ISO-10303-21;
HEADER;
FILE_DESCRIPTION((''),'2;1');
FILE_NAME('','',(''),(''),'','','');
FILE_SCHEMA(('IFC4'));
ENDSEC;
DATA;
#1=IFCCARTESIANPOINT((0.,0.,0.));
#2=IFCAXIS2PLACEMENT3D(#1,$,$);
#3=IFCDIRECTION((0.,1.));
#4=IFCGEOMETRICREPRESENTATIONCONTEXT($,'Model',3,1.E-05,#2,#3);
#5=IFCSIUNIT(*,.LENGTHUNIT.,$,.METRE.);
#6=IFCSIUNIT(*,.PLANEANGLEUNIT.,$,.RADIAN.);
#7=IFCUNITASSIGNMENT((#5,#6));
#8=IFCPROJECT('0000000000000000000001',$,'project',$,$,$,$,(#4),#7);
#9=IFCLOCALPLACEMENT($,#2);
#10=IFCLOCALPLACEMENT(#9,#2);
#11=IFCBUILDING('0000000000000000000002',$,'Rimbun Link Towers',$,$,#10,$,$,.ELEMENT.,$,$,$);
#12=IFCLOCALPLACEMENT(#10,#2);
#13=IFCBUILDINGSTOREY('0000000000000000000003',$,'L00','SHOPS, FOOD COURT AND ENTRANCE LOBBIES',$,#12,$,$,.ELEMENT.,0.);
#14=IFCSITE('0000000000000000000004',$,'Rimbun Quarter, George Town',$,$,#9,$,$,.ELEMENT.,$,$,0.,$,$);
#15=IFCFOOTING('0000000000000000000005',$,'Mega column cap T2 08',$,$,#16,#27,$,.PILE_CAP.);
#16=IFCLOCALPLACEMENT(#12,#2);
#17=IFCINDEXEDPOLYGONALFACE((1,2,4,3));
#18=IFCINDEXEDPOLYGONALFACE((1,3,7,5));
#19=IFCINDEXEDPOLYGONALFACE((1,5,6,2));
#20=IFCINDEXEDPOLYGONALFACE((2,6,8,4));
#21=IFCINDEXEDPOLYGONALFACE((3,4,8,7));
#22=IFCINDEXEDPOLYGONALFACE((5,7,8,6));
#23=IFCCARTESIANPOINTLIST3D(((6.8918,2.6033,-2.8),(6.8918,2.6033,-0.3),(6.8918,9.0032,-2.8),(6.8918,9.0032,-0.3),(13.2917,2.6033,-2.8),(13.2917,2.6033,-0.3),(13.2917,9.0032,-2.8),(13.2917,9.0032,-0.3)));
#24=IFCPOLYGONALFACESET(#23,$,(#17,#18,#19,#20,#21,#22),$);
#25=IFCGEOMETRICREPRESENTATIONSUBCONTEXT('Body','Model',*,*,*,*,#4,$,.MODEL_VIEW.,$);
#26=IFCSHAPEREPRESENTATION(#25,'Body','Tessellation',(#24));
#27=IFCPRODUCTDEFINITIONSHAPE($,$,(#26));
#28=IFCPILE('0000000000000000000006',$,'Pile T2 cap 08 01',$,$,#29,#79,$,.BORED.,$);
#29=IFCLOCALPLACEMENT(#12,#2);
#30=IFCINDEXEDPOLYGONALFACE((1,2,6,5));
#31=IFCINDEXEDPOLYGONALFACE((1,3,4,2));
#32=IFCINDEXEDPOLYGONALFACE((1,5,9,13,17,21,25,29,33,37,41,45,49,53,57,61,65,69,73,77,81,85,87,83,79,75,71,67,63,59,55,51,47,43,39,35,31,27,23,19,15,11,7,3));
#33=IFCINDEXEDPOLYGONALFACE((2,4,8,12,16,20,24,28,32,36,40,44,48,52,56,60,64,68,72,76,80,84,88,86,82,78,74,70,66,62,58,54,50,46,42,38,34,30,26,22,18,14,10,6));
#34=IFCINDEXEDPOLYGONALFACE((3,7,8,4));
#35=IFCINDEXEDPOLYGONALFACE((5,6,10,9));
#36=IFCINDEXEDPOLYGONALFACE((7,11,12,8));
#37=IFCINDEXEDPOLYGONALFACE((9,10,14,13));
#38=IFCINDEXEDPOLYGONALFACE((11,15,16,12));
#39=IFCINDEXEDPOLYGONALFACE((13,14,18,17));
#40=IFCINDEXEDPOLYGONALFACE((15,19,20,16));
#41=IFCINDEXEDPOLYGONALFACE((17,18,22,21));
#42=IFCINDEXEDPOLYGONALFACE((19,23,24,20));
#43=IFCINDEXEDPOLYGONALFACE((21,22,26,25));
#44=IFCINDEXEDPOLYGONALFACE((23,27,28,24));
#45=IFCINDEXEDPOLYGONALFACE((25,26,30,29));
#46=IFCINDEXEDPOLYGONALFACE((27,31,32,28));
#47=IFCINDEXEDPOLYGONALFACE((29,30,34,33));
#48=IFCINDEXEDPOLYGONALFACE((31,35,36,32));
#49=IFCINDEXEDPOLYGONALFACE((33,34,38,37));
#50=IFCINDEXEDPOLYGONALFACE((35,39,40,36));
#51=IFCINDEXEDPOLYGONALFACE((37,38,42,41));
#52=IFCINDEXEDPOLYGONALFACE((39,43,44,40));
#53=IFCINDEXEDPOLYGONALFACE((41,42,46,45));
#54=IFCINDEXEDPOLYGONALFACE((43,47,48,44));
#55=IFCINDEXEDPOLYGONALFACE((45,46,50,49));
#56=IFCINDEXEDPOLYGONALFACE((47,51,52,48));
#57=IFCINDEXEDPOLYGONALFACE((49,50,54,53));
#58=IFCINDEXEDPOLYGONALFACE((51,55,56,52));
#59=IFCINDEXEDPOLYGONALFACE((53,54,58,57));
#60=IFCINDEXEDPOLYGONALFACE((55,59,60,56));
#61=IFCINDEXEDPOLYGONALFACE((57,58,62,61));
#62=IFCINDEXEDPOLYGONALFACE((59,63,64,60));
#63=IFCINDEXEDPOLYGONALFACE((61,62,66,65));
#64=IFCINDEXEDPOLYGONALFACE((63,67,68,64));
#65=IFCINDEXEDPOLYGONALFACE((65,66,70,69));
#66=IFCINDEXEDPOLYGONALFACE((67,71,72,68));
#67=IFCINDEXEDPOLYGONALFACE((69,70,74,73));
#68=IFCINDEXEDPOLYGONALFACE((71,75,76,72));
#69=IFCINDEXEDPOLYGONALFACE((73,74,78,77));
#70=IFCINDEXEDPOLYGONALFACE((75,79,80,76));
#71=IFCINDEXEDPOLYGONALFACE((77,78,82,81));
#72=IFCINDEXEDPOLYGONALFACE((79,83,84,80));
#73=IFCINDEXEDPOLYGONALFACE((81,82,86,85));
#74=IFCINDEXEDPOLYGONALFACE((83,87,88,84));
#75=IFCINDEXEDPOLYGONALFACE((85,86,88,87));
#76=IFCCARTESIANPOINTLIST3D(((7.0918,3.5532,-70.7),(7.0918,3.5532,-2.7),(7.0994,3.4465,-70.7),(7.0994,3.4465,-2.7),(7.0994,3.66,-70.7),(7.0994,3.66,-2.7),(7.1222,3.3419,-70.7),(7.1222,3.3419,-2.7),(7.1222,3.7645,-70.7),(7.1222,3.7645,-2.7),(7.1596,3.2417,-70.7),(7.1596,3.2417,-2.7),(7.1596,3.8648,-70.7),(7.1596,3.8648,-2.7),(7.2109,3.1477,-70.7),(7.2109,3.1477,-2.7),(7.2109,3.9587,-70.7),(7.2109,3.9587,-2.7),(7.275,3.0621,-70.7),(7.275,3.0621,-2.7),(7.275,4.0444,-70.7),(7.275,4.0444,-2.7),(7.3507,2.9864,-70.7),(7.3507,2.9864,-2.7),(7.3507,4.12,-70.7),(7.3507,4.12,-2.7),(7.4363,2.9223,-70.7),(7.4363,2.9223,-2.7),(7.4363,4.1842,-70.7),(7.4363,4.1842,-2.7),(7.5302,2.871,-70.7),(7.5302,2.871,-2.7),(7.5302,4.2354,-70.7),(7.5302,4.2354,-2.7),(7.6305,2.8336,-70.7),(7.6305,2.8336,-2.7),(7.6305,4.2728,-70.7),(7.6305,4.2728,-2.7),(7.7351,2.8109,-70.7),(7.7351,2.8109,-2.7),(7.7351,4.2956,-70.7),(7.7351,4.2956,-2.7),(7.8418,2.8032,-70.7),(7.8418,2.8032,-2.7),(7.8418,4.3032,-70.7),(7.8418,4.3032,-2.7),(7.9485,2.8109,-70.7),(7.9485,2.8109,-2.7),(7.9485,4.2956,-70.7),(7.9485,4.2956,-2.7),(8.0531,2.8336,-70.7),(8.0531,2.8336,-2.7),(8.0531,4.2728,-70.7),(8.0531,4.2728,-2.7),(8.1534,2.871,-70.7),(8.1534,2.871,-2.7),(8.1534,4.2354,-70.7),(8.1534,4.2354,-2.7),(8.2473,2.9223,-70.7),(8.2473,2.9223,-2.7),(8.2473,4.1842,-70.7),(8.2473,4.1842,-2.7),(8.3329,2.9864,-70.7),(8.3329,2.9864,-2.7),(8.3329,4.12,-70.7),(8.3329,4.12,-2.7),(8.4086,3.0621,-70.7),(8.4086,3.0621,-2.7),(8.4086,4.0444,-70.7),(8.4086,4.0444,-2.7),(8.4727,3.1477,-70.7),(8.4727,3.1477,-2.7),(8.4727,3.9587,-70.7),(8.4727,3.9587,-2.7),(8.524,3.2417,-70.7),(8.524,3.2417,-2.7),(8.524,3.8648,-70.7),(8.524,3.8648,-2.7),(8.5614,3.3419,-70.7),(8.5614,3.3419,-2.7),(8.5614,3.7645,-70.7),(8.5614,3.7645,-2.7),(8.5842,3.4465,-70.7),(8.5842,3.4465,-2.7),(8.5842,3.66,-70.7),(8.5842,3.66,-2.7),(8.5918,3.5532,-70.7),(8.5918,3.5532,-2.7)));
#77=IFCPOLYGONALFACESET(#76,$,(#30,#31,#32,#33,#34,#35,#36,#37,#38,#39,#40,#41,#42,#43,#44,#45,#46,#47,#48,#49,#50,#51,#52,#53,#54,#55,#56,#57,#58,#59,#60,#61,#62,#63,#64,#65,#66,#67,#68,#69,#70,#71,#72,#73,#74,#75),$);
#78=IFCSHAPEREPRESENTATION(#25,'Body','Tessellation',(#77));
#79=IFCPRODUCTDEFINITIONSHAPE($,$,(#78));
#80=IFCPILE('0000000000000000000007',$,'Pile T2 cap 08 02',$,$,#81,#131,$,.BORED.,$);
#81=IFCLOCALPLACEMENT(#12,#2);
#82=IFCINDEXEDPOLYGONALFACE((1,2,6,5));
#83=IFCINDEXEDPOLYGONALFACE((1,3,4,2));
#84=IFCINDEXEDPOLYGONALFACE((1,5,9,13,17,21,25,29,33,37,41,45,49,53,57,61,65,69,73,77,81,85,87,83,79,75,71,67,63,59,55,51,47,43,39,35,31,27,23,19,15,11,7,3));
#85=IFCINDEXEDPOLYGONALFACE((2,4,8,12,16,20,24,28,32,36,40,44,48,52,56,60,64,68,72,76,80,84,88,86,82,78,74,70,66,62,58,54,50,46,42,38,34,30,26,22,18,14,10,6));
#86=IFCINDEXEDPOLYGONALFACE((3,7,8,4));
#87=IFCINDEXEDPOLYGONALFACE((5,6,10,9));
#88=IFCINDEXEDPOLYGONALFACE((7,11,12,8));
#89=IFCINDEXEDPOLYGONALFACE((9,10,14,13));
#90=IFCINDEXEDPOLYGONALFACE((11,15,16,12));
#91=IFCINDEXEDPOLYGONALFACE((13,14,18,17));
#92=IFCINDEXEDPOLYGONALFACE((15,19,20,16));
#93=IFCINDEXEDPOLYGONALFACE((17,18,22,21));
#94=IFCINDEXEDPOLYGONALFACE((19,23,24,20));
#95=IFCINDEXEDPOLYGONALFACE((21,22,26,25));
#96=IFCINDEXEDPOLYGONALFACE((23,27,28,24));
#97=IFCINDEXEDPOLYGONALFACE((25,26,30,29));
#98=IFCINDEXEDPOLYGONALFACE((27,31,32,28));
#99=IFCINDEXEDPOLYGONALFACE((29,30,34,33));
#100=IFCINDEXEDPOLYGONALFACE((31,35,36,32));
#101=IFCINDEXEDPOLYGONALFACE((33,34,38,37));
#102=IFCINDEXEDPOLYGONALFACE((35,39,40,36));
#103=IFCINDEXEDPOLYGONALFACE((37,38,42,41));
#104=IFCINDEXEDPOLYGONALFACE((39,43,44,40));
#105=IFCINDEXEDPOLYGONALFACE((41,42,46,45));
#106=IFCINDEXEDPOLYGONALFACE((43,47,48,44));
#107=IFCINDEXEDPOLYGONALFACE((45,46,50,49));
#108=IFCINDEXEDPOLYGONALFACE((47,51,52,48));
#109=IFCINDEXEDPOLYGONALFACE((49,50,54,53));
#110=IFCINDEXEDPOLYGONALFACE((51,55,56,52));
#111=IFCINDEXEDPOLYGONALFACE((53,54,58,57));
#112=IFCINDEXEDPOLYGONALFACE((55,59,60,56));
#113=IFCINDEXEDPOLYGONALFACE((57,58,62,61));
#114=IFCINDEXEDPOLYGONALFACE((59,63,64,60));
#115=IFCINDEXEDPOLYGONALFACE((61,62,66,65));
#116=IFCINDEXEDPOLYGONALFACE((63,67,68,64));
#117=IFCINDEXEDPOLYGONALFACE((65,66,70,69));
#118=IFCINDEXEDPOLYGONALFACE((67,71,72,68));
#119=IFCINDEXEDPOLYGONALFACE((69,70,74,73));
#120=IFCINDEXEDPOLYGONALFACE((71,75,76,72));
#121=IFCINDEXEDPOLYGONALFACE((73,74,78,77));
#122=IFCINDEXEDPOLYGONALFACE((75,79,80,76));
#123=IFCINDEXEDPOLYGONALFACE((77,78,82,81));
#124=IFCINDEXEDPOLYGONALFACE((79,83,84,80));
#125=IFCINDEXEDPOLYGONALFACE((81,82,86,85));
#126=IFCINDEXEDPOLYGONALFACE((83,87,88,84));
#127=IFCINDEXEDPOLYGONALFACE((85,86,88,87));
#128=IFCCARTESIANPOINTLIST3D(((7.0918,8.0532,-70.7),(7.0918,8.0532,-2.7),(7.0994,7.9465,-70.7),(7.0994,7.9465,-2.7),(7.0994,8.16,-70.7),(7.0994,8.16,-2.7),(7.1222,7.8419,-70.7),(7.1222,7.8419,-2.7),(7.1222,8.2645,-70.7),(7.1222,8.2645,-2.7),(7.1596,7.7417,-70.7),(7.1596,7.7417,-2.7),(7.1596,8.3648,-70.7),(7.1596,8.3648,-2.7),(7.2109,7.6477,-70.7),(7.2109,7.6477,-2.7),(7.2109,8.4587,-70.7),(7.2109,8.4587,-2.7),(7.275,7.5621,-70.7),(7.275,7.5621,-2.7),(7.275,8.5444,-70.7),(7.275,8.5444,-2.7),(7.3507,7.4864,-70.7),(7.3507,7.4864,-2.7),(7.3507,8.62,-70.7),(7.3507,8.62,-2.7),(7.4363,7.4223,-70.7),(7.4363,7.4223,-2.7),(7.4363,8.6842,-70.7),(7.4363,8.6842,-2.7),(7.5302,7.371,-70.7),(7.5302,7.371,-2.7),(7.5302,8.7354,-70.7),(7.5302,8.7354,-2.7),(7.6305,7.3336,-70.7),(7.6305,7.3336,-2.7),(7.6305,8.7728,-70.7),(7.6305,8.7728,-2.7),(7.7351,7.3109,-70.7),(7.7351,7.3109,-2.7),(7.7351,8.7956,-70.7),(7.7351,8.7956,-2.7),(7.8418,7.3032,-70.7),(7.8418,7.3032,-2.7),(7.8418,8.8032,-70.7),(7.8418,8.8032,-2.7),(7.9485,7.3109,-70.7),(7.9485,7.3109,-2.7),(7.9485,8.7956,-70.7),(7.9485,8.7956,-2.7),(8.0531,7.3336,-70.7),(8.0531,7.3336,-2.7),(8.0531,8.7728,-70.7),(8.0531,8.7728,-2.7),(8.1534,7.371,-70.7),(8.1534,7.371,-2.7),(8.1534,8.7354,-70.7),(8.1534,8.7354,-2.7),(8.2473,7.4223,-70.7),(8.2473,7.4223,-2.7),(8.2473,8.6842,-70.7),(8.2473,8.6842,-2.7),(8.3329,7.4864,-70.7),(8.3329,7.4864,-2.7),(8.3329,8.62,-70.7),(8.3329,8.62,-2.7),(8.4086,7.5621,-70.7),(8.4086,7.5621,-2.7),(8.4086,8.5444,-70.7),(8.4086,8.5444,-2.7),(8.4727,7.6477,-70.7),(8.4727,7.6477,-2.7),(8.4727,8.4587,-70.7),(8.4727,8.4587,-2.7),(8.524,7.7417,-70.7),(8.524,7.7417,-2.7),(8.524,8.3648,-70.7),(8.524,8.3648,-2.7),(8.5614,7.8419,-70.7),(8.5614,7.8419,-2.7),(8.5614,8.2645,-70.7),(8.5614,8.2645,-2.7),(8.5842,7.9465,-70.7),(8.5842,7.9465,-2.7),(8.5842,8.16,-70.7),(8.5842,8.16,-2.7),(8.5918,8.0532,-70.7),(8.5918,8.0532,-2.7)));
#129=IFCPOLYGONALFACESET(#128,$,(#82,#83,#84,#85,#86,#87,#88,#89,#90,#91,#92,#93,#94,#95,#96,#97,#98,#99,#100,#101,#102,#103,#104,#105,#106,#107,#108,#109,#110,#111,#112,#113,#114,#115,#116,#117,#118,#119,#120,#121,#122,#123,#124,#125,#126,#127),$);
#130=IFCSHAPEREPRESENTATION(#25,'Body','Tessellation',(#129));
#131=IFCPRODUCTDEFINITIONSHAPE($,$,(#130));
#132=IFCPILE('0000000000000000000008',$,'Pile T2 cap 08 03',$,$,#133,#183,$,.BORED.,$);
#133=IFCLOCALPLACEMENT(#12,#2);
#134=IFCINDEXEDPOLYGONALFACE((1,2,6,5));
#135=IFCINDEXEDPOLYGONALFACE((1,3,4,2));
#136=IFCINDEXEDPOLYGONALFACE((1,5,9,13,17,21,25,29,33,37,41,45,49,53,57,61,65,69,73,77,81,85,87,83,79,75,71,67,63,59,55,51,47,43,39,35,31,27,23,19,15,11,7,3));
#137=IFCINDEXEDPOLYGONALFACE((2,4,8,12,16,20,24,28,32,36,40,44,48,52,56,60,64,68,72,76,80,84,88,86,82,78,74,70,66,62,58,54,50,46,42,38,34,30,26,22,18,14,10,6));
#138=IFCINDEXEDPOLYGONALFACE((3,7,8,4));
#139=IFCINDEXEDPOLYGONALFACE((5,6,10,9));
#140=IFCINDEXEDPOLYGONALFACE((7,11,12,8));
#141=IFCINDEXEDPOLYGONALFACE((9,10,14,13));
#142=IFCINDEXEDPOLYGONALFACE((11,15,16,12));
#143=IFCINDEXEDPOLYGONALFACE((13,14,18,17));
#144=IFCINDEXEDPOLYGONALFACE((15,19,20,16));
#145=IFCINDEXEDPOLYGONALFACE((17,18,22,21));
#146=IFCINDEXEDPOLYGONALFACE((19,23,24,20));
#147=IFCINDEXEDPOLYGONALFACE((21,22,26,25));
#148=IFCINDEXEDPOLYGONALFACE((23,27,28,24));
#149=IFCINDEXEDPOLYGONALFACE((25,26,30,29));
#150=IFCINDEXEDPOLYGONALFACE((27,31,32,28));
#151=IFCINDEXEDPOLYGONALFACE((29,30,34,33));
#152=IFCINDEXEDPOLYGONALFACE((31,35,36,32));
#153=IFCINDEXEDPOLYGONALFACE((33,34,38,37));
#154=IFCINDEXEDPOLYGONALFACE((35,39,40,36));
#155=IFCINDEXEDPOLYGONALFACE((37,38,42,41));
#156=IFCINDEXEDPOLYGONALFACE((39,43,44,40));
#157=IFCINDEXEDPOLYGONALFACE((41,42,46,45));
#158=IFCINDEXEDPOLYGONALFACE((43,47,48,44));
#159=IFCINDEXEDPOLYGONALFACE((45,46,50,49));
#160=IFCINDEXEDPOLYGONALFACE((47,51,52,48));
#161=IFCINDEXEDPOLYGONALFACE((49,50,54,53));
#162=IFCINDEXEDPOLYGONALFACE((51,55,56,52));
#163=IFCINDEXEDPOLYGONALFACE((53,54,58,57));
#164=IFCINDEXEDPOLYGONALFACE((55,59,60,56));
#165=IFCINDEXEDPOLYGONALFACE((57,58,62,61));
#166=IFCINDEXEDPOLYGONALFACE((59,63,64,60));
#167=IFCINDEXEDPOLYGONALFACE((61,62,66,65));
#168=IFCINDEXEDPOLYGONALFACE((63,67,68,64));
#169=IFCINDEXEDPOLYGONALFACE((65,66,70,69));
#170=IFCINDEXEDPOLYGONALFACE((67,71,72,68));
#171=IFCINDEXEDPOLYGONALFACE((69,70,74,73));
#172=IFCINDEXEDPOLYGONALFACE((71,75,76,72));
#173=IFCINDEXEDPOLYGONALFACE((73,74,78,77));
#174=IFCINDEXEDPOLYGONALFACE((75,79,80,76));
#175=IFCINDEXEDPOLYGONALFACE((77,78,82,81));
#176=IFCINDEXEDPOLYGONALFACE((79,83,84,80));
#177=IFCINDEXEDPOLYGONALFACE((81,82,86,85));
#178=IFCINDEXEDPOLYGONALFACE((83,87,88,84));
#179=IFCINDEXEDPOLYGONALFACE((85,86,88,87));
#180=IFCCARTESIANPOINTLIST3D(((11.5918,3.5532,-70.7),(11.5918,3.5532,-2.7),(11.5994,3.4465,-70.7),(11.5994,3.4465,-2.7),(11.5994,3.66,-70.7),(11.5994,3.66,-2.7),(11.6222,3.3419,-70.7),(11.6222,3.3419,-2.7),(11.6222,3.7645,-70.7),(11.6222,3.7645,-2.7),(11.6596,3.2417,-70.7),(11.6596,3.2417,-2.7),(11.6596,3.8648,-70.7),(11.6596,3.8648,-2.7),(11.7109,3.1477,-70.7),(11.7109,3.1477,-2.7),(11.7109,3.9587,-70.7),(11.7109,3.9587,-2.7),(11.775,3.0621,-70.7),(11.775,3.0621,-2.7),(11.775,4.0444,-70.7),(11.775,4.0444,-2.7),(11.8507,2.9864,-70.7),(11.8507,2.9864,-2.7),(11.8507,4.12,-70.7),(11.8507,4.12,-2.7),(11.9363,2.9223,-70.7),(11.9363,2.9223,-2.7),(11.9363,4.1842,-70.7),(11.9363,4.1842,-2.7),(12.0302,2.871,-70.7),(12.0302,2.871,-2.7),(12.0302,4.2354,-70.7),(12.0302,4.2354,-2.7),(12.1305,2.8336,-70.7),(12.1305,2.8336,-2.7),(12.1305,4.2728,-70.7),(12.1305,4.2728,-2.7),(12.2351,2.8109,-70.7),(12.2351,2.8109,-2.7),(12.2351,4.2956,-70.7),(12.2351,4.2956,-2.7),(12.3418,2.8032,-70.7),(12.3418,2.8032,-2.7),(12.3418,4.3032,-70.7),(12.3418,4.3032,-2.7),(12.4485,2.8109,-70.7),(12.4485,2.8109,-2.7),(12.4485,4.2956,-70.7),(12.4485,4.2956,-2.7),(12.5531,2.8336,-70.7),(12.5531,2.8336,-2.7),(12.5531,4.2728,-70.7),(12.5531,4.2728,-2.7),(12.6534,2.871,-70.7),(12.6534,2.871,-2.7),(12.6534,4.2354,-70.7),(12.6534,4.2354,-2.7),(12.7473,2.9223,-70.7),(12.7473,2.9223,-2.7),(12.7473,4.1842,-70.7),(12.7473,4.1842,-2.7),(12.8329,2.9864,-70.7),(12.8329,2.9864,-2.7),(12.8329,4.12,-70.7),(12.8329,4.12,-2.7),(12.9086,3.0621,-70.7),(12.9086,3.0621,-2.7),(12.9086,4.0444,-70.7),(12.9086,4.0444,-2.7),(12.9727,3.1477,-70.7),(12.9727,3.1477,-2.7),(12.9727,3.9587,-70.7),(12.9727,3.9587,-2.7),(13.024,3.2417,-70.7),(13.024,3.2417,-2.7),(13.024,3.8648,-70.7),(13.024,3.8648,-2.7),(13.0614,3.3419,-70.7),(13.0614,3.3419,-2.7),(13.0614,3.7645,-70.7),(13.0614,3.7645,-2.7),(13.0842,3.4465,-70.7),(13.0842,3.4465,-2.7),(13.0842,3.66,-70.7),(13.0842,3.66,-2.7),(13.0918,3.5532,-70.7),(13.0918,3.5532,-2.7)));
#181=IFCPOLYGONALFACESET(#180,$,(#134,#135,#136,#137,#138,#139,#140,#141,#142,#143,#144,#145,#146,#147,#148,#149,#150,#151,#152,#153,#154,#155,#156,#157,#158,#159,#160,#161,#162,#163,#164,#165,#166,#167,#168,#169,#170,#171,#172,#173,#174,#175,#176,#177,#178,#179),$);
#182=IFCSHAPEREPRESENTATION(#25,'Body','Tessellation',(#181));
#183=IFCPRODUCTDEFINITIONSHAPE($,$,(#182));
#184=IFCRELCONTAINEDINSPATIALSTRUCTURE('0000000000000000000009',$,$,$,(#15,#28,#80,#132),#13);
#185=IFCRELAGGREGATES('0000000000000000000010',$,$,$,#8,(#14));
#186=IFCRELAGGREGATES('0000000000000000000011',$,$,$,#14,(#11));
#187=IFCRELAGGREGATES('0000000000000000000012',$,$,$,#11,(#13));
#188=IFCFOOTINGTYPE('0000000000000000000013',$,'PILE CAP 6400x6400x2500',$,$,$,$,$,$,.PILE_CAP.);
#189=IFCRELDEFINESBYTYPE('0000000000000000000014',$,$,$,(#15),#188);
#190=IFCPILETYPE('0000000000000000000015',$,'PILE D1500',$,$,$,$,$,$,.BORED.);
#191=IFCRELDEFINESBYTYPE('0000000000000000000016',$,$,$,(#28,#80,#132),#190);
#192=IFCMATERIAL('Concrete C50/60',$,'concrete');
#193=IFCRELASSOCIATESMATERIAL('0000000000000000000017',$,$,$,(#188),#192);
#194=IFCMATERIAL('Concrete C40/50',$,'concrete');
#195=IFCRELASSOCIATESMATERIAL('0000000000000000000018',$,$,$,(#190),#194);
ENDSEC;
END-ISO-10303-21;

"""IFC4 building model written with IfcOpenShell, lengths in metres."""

from ifc_helpers import new_model, si_unit, direction, frame, origin, origin_2d, place, context, subcontext, project, spatial, rectangle, circle, extrude, material, material_profile, profile_set, type_object, element, save


model = new_model("IFC4")

# Units and contexts
model_context = context("Model", 3, precision=1e-05, world=origin(), true_north=direction((0.0, 1.0)))
body_context = subcontext(model_context, "Body", "Model", "MODEL_VIEW")
ifc_project = project(units=[si_unit("LENGTHUNIT", "METRE"), si_unit("PLANEANGLEUNIT", "RADIAN")], contexts=[model_context])

# Site, building, storey
site_placement = place(None, origin())
site = spatial("IfcSite", under=ifc_project, at=site_placement, Name="Rimbun Quarter, George Town", CompositionType="ELEMENT", RefElevation=0.0)
building_placement = place(site_placement, origin())
building = spatial("IfcBuilding", under=site, at=building_placement, Name="Rimbun Link Towers", CompositionType="ELEMENT")
storey_placement = place(building_placement, origin())
storey = spatial("IfcBuildingStorey", under=building, at=storey_placement, Name="L00", Description="SHOPS, FOOD COURT AND ENTRANCE LOBBIES", CompositionType="ELEMENT", Elevation=0.0)

# Footing
ifc_material_1 = material(Name="Concrete C50/60", Category="concrete")
footing_type = type_object("IfcFootingType", Name="PILE CAP 6400x6400x2500", PredefinedType="PILE_CAP", material=ifc_material_1)
footing_placement = place(storey_placement, frame((10.0918, 5.8032, -2.8), z_axis=(0.0, 0.0, 1.0), x_axis=(1.0, 0.0, 0.0)))
element("IfcFooting", 1, at=footing_placement, inside=storey, type_object=footing_type, Name="Mega column cap T2 08", PredefinedType="PILE_CAP", context=body_context, shape_type="SweptSolid", body=[
    extrude(rectangle(XDim=6.3999, YDim=6.3999, at=origin_2d()), origin(), (0.0, 0.0, 1.0), 2.5),
])

# Piles
ifc_material_2 = material(Name="Concrete C40/50", Category="concrete")
ifc_material_profile_1 = material_profile(ifc_material_2, circle(Radius=0.75, at=origin_2d()), Name="PILE D1500")
ifc_profile_set_1 = profile_set([ifc_material_profile_1], Name="Concrete C40/50")
pile_type = type_object("IfcPileType", Name="PILE D1500", PredefinedType="BORED", material=ifc_profile_set_1)
for number, where, z_axis, x_axis, name in (
    (2, (7.8418, 3.5532, -2.7), (0.0, 0.0, -1.0), (1.0, 0.0, 0.0), "Pile T2 cap 08 01"),
    (3, (7.8418, 8.0532, -2.7), (0.0, 0.0, -1.0), (1.0, 0.0, 0.0), "Pile T2 cap 08 02"),
    (4, (12.3418, 3.5532, -2.7), (0.0, 0.0, -1.0), (1.0, 0.0, 0.0), "Pile T2 cap 08 03"),
):
    element("IfcPile", number, at=place(storey_placement, frame(where, z_axis=z_axis, x_axis=x_axis)), inside=storey, type_object=pile_type, Name=name, PredefinedType="BORED", context=body_context, shape_type="SweptSolid", body=[
        extrude(circle(Radius=0.75, at=origin_2d()), origin(), (0.0, 0.0, 1.0), 68.0),
    ])

save(model, "model.ifc")
